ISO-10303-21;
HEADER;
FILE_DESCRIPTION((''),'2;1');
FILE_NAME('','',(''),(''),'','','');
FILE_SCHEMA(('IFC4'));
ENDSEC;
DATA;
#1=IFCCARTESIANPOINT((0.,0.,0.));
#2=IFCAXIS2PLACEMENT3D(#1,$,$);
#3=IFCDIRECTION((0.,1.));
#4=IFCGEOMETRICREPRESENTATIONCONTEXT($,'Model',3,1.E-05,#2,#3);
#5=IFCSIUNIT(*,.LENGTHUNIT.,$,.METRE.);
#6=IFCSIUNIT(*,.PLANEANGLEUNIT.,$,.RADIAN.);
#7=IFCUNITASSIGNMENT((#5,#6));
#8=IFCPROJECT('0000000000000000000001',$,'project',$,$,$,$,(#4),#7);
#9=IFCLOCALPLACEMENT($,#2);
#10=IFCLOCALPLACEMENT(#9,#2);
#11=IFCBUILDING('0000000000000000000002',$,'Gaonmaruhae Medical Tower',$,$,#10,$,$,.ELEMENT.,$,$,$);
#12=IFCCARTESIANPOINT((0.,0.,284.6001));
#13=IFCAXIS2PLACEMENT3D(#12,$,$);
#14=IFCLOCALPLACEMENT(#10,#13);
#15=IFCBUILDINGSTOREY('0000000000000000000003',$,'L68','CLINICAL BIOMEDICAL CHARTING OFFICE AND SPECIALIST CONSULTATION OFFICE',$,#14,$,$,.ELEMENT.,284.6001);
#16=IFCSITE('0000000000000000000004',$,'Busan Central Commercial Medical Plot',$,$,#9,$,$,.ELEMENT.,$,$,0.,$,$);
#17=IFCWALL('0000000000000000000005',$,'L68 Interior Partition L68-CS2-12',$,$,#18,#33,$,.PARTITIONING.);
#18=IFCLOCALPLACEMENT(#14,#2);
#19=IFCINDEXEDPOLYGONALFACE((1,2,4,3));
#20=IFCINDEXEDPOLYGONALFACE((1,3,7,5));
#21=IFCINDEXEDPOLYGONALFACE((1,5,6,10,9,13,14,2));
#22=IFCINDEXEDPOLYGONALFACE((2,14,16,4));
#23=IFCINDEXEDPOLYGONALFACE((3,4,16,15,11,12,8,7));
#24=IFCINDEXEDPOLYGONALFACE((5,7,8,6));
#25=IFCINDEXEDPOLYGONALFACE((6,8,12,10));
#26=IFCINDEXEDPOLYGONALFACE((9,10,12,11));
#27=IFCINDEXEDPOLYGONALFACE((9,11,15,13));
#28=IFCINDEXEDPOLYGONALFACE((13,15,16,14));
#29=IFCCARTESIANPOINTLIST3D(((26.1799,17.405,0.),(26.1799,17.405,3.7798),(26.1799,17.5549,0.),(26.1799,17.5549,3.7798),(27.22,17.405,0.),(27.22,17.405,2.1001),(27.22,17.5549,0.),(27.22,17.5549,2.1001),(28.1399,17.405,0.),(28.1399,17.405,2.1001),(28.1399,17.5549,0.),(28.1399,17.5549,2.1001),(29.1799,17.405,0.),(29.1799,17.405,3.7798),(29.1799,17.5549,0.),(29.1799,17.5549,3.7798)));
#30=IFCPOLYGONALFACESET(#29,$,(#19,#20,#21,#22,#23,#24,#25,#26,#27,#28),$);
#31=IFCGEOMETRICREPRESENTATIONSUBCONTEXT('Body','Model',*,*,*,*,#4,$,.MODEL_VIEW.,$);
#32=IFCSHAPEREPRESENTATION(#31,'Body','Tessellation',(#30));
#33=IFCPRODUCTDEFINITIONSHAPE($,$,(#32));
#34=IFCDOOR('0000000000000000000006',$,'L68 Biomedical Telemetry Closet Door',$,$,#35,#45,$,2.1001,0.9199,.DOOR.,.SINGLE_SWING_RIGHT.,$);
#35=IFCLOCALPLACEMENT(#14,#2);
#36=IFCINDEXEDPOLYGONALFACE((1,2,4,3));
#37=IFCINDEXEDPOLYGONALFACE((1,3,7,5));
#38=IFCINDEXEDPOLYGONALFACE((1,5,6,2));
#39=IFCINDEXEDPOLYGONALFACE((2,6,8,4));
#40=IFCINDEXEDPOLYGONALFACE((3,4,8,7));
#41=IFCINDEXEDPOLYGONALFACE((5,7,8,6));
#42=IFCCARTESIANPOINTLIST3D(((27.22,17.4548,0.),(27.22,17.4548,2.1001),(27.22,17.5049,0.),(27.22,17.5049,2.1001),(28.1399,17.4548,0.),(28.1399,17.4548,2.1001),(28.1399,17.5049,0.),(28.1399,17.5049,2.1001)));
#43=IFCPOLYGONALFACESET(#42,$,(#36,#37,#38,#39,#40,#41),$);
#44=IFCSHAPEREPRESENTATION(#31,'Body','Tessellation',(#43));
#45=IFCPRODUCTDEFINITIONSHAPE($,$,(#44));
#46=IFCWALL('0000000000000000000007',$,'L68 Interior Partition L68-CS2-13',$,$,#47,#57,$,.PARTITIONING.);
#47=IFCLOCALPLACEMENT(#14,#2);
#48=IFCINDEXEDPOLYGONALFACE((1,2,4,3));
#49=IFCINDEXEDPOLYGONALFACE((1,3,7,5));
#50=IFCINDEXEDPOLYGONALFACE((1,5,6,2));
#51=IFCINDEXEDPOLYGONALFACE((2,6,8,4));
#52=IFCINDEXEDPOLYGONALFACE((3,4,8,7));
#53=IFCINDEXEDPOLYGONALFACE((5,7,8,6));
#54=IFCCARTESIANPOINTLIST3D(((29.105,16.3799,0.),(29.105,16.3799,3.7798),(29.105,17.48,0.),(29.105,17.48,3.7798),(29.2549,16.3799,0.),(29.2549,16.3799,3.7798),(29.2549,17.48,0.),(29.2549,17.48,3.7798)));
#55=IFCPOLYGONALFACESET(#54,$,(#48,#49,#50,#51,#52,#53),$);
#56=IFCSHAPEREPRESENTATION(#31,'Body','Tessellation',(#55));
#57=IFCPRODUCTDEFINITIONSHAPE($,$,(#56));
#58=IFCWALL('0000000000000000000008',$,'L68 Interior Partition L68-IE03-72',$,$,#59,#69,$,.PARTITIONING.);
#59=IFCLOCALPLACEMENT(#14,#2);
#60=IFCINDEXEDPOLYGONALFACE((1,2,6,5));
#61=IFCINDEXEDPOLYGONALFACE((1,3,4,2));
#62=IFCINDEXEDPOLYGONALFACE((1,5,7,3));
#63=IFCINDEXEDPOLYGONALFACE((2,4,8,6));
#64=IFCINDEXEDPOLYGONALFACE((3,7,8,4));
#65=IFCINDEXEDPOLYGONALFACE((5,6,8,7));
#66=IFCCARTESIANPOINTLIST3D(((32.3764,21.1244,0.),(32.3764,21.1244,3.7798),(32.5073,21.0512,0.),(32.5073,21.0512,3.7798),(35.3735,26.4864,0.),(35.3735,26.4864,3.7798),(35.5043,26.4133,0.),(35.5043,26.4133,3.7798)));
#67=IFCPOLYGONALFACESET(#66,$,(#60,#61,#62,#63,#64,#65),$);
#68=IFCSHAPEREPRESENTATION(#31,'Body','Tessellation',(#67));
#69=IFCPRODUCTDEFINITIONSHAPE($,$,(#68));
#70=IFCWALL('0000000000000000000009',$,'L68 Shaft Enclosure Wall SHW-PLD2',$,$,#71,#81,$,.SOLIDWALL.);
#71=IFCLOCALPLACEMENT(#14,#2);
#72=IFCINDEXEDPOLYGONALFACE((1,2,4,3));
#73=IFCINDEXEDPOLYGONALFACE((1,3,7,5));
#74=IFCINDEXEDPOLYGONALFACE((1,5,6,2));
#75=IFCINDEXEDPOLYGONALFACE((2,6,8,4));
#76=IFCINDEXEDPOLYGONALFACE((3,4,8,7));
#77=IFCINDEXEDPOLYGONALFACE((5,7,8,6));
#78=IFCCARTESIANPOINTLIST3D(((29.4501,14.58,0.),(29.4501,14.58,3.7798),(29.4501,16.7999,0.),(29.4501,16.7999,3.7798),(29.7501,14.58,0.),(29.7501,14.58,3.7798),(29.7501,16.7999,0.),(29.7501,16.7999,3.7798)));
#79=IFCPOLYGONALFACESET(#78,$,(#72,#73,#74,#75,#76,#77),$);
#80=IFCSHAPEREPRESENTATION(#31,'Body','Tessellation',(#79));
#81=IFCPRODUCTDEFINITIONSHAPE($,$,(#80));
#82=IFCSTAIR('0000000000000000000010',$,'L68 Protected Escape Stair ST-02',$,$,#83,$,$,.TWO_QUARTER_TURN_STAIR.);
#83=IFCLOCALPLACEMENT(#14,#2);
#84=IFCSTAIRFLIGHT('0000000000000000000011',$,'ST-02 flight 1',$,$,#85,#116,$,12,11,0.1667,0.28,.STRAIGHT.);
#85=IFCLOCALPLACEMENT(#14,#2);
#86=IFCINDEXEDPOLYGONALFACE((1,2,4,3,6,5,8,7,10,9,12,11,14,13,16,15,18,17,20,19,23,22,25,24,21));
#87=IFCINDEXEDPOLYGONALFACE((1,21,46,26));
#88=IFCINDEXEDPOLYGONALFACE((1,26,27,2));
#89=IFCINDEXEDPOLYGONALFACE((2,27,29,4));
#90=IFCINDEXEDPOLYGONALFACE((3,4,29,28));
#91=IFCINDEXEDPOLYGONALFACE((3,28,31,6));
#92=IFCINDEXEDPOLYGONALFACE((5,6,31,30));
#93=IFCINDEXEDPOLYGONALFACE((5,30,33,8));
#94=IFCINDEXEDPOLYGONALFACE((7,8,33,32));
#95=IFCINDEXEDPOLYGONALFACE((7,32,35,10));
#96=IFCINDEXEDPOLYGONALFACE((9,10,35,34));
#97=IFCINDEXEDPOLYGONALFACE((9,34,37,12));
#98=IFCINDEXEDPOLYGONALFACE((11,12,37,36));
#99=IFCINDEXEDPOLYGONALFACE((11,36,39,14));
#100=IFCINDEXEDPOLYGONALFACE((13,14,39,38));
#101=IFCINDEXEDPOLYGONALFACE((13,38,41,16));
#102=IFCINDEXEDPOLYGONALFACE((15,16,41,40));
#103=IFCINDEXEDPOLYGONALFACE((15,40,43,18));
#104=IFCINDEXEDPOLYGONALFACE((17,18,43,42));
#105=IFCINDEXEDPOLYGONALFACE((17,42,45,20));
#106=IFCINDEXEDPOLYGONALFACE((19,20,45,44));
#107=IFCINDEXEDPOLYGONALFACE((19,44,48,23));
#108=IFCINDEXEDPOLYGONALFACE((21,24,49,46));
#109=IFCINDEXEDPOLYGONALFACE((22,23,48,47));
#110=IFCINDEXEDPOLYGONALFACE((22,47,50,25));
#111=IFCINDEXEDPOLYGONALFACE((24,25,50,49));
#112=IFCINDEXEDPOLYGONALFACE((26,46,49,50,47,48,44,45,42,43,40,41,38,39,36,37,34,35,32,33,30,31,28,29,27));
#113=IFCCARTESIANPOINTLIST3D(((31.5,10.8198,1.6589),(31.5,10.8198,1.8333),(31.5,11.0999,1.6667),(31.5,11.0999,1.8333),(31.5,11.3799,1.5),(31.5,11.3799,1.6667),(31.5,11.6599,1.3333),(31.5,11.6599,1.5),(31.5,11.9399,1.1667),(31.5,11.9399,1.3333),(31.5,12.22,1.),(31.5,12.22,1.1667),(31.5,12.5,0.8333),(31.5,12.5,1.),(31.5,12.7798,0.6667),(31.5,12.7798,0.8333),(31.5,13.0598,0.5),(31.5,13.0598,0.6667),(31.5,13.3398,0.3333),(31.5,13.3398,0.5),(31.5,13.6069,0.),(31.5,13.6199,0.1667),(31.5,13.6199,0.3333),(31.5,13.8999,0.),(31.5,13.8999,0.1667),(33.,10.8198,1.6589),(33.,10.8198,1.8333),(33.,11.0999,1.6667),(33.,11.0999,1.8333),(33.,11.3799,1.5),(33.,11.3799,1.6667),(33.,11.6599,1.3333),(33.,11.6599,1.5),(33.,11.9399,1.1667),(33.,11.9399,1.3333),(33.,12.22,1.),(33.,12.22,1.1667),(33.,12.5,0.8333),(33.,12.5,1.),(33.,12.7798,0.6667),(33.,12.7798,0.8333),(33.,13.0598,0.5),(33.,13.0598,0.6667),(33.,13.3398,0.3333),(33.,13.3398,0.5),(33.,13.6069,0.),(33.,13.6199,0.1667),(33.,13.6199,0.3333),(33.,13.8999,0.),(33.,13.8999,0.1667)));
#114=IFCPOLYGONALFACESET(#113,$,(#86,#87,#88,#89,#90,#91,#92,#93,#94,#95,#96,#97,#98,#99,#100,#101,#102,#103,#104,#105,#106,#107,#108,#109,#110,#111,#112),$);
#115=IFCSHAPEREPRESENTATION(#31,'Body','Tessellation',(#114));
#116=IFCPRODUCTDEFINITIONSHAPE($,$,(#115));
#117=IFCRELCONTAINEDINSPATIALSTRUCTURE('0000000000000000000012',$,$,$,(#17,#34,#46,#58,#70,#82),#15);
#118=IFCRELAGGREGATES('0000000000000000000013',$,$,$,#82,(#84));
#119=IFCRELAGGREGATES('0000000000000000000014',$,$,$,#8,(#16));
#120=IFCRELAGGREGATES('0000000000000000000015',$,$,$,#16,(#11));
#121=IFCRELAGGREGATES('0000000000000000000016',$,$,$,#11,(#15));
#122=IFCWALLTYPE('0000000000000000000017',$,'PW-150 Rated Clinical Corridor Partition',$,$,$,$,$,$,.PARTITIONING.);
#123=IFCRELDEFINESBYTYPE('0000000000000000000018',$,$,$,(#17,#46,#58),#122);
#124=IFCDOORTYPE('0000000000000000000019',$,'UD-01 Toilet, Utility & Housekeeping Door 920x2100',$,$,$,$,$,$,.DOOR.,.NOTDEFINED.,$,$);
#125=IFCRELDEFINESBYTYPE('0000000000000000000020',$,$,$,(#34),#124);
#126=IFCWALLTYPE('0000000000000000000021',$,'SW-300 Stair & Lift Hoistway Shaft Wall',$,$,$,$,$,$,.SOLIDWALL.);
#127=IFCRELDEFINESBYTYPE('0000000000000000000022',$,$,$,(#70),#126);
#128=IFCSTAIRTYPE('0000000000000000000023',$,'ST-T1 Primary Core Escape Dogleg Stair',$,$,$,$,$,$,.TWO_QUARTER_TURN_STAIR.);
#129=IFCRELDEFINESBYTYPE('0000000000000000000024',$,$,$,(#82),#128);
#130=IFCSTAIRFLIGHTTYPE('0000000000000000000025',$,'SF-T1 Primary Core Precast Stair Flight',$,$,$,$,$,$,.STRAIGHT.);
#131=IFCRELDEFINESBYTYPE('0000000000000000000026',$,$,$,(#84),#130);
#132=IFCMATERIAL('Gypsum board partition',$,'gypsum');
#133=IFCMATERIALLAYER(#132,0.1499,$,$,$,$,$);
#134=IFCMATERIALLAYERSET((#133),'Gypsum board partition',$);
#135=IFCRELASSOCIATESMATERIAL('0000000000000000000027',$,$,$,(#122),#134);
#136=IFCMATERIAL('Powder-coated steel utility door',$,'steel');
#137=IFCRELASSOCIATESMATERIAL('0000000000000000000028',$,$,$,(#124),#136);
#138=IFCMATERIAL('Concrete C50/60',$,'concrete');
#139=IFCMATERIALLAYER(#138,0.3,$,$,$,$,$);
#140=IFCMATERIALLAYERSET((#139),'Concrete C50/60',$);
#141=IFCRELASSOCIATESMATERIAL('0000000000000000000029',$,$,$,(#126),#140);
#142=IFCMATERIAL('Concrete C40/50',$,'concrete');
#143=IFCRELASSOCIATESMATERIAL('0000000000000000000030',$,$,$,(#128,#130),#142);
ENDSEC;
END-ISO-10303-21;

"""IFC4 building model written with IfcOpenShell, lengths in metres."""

from ifc_helpers import new_model, si_unit, direction, frame, frame_2d, origin, place, context, subcontext, project, spatial, polyline, rectangle, outline, extrude, material, layer, layer_set, type_object, element, fill, aggregate, save


model = new_model("IFC4")

# Units and contexts
model_context = context("Model", 3, precision=1e-05, world=origin(), true_north=direction((0.0, 1.0)))
body_context = subcontext(model_context, "Body", "Model", "MODEL_VIEW")
ifc_project = project(units=[si_unit("LENGTHUNIT", "METRE"), si_unit("PLANEANGLEUNIT", "RADIAN")], contexts=[model_context])

# Site, building, storey
site_placement = place(None, origin())
site = spatial("IfcSite", under=ifc_project, at=site_placement, Name="Busan Central Commercial Medical Plot", CompositionType="ELEMENT", RefElevation=0.0)
building_placement = place(site_placement, origin())
building = spatial("IfcBuilding", under=site, at=building_placement, Name="Gaonmaruhae Medical Tower", CompositionType="ELEMENT")
storey_placement = place(building_placement, frame((0.0, 0.0, 284.6001)))
storey = spatial("IfcBuildingStorey", under=building, at=storey_placement, Name="L68", Description="CLINICAL BIOMEDICAL CHARTING OFFICE AND SPECIALIST CONSULTATION OFFICE", CompositionType="ELEMENT", Elevation=284.6001)

# Shared definitions
ifc_material_1 = material(Name="Concrete C50/60", Category="concrete")

# Shared definitions
ifc_material_2 = material(Name="Gypsum board partition", Category="gypsum")
ifc_layer_1 = layer(ifc_material_2, 0.1499)
ifc_layer_set_1 = layer_set([ifc_layer_1], Name="Gypsum board partition")
wall_type_1 = type_object("IfcWallType", Name="PW-150 Rated Clinical Corridor Partition", PredefinedType="PARTITIONING", material=ifc_layer_set_1)

# Wall, opening, door
wall_1_placement = place(storey_placement, frame((26.1799, 17.48, 0.0), z_axis=(0.0, 0.0, 1.0), x_axis=(1.0, 0.0, 0.0)))
wall_1 = element("IfcWall", 1, at=wall_1_placement, inside=storey, type_object=wall_type_1, Name="L68 Interior Partition L68-CS2-12", PredefinedType="PARTITIONING", context=body_context, shape_type="SweptSolid", body=[
    extrude(rectangle(XDim=3.0, YDim=0.1499, at=frame_2d((1.5, 0.0))), origin(), (0.0, 0.0, 1.0), 3.7798),
])
opening_1_placement = place(wall_1_placement, frame((1.04, 0.0, 0.0)))
opening_1 = element("IfcOpeningElement", 2, at=opening_1_placement, cuts=wall_1, PredefinedType="OPENING", context=body_context, shape_type="SweptSolid", body=[
    extrude(rectangle(XDim=0.9199, YDim=2.1001, at=frame_2d((0.46, 1.05))), frame((0.0, 0.085, 0.0), z_axis=(0.0, -1.0, 0.0), x_axis=(1.0, 0.0, 0.0)), (0.0, 0.0, 1.0), 0.1699),
])
ifc_material_3 = material(Name="Powder-coated steel utility door", Category="steel")
door_type_1 = type_object("IfcDoorType", Name="UD-01 Toilet, Utility & Housekeeping Door 920x2100", OperationType="NOTDEFINED", PredefinedType="DOOR", material=ifc_material_3)
door_1_placement = place(opening_1_placement, origin())
door_1 = element("IfcDoor", 3, at=door_1_placement, inside=storey, type_object=door_type_1, Name="L68 Biomedical Telemetry Closet Door", OperationType="SINGLE_SWING_RIGHT", OverallHeight=2.1001, OverallWidth=0.9199, PredefinedType="DOOR", context=body_context, shape_type="SweptSolid", body=[
    extrude(rectangle(XDim=0.9199, YDim=2.1001, at=frame_2d((0.46, 1.05))), frame((0.0, 0.0249, 0.0), z_axis=(0.0, -1.0, 0.0), x_axis=(1.0, 0.0, 0.0)), (0.0, 0.0, 1.0), 0.05),
])
fill(opening_1, door_1)

# Walls
wall_2_placement = place(storey_placement, frame((29.1799, 17.48, 0.0), z_axis=(0.0, 0.0, 1.0), x_axis=(0.0, -1.0, 0.0)))
element("IfcWall", 4, at=wall_2_placement, inside=storey, type_object=wall_type_1, Name="L68 Interior Partition L68-CS2-13", PredefinedType="PARTITIONING", context=body_context, shape_type="SweptSolid", body=[
    extrude(rectangle(XDim=1.1001, YDim=0.1499, at=frame_2d((0.55, 0.0))), origin(), (0.0, 0.0, 1.0), 3.7798),
])
wall_3_placement = place(storey_placement, frame((32.4419, 21.0879, 0.0), z_axis=(0.0, 0.0, 1.0), x_axis=(0.487899, 0.8729, 0.0)))
element("IfcWall", 5, at=wall_3_placement, inside=storey, type_object=wall_type_1, Name="L68 Interior Partition L68-IE03-72", PredefinedType="PARTITIONING", context=body_context, shape_type="SweptSolid", body=[
    extrude(rectangle(XDim=6.1428, YDim=0.1499, at=frame_2d((3.0713, 0.0))), origin(), (0.0, 0.0, 1.0), 3.7798),
])

# Shared definitions
ifc_layer_2 = layer(ifc_material_1, 0.3)
ifc_layer_set_2 = layer_set([ifc_layer_2], Name="Concrete C50/60")
wall_type_2 = type_object("IfcWallType", Name="SW-300 Stair & Lift Hoistway Shaft Wall", PredefinedType="SOLIDWALL", material=ifc_layer_set_2)

# Wall
wall_4_placement = place(storey_placement, frame((29.6001, 14.5801, 0.0), z_axis=(0.0, 0.0, 1.0), x_axis=(0.0, 1.0, 0.0)))
element("IfcWall", 6, at=wall_4_placement, inside=storey, type_object=wall_type_2, Name="L68 Shaft Enclosure Wall SHW-PLD2", PredefinedType="SOLIDWALL", context=body_context, shape_type="SweptSolid", body=[
    extrude(rectangle(XDim=2.22, YDim=0.3, at=frame_2d((1.1099, 0.0))), origin(), (0.0, 0.0, 1.0), 3.7798),
])

# Stair, stair flight
ifc_material_4 = material(Name="Concrete C40/50", Category="concrete")
stair_type = type_object("IfcStairType", Name="ST-T1 Primary Core Escape Dogleg Stair", PredefinedType="TWO_QUARTER_TURN_STAIR", material=ifc_material_4)
stair_placement = place(storey_placement, origin())
stair = element("IfcStair", 7, at=stair_placement, inside=storey, type_object=stair_type, Name="L68 Protected Escape Stair ST-02", PredefinedType="TWO_QUARTER_TURN_STAIR")
stair_flight_type = type_object("IfcStairFlightType", Name="SF-T1 Primary Core Precast Stair Flight", PredefinedType="STRAIGHT", material=ifc_material_4)
stair_flight_placement = place(storey_placement, frame((32.25, 13.8999, 0.0), z_axis=(0.0, 0.0, 1.0), x_axis=(0.0, -1.0, 0.0)))
stair_flight = element("IfcStairFlight", 8, at=stair_flight_placement, type_object=stair_flight_type, Name="ST-02 flight 1", NumberOfRisers=12, NumberOfTreads=11, PredefinedType="STRAIGHT", RiserHeight=0.1667, TreadLength=0.28, context=body_context, shape_type="SweptSolid", body=[
    extrude(outline(polyline([(0.0, 0.0), (0.0, 0.1667), (0.28, 0.1667), (0.28, 0.3333), (0.5601, 0.3333), (0.5601, 0.5), (0.8401, 0.5), (0.8401, 0.6667), (1.1201, 0.6667), (1.1201, 0.8333), (1.3999, 0.8333), (1.3999, 1.0), (1.6799, 1.0), (1.6799, 1.1667), (1.96, 1.1667), (1.96, 1.3333), (2.24, 1.3333), (2.24, 1.5), (2.52, 1.5), (2.52, 1.6667), (2.8, 1.6667), (2.8, 1.8333), (3.0801, 1.8333), (3.0801, 2.0), (3.0801, 1.6589), (0.293, 0.0), (0.0, 0.0)])), frame((0.0, 0.75, 0.0), z_axis=(0.0, -1.0, 0.0), x_axis=(1.0, 0.0, 0.0)), (0.0, 0.0, 1.0), 1.5),
])
aggregate(stair, [stair_flight])

save(model, "model.ifc")
